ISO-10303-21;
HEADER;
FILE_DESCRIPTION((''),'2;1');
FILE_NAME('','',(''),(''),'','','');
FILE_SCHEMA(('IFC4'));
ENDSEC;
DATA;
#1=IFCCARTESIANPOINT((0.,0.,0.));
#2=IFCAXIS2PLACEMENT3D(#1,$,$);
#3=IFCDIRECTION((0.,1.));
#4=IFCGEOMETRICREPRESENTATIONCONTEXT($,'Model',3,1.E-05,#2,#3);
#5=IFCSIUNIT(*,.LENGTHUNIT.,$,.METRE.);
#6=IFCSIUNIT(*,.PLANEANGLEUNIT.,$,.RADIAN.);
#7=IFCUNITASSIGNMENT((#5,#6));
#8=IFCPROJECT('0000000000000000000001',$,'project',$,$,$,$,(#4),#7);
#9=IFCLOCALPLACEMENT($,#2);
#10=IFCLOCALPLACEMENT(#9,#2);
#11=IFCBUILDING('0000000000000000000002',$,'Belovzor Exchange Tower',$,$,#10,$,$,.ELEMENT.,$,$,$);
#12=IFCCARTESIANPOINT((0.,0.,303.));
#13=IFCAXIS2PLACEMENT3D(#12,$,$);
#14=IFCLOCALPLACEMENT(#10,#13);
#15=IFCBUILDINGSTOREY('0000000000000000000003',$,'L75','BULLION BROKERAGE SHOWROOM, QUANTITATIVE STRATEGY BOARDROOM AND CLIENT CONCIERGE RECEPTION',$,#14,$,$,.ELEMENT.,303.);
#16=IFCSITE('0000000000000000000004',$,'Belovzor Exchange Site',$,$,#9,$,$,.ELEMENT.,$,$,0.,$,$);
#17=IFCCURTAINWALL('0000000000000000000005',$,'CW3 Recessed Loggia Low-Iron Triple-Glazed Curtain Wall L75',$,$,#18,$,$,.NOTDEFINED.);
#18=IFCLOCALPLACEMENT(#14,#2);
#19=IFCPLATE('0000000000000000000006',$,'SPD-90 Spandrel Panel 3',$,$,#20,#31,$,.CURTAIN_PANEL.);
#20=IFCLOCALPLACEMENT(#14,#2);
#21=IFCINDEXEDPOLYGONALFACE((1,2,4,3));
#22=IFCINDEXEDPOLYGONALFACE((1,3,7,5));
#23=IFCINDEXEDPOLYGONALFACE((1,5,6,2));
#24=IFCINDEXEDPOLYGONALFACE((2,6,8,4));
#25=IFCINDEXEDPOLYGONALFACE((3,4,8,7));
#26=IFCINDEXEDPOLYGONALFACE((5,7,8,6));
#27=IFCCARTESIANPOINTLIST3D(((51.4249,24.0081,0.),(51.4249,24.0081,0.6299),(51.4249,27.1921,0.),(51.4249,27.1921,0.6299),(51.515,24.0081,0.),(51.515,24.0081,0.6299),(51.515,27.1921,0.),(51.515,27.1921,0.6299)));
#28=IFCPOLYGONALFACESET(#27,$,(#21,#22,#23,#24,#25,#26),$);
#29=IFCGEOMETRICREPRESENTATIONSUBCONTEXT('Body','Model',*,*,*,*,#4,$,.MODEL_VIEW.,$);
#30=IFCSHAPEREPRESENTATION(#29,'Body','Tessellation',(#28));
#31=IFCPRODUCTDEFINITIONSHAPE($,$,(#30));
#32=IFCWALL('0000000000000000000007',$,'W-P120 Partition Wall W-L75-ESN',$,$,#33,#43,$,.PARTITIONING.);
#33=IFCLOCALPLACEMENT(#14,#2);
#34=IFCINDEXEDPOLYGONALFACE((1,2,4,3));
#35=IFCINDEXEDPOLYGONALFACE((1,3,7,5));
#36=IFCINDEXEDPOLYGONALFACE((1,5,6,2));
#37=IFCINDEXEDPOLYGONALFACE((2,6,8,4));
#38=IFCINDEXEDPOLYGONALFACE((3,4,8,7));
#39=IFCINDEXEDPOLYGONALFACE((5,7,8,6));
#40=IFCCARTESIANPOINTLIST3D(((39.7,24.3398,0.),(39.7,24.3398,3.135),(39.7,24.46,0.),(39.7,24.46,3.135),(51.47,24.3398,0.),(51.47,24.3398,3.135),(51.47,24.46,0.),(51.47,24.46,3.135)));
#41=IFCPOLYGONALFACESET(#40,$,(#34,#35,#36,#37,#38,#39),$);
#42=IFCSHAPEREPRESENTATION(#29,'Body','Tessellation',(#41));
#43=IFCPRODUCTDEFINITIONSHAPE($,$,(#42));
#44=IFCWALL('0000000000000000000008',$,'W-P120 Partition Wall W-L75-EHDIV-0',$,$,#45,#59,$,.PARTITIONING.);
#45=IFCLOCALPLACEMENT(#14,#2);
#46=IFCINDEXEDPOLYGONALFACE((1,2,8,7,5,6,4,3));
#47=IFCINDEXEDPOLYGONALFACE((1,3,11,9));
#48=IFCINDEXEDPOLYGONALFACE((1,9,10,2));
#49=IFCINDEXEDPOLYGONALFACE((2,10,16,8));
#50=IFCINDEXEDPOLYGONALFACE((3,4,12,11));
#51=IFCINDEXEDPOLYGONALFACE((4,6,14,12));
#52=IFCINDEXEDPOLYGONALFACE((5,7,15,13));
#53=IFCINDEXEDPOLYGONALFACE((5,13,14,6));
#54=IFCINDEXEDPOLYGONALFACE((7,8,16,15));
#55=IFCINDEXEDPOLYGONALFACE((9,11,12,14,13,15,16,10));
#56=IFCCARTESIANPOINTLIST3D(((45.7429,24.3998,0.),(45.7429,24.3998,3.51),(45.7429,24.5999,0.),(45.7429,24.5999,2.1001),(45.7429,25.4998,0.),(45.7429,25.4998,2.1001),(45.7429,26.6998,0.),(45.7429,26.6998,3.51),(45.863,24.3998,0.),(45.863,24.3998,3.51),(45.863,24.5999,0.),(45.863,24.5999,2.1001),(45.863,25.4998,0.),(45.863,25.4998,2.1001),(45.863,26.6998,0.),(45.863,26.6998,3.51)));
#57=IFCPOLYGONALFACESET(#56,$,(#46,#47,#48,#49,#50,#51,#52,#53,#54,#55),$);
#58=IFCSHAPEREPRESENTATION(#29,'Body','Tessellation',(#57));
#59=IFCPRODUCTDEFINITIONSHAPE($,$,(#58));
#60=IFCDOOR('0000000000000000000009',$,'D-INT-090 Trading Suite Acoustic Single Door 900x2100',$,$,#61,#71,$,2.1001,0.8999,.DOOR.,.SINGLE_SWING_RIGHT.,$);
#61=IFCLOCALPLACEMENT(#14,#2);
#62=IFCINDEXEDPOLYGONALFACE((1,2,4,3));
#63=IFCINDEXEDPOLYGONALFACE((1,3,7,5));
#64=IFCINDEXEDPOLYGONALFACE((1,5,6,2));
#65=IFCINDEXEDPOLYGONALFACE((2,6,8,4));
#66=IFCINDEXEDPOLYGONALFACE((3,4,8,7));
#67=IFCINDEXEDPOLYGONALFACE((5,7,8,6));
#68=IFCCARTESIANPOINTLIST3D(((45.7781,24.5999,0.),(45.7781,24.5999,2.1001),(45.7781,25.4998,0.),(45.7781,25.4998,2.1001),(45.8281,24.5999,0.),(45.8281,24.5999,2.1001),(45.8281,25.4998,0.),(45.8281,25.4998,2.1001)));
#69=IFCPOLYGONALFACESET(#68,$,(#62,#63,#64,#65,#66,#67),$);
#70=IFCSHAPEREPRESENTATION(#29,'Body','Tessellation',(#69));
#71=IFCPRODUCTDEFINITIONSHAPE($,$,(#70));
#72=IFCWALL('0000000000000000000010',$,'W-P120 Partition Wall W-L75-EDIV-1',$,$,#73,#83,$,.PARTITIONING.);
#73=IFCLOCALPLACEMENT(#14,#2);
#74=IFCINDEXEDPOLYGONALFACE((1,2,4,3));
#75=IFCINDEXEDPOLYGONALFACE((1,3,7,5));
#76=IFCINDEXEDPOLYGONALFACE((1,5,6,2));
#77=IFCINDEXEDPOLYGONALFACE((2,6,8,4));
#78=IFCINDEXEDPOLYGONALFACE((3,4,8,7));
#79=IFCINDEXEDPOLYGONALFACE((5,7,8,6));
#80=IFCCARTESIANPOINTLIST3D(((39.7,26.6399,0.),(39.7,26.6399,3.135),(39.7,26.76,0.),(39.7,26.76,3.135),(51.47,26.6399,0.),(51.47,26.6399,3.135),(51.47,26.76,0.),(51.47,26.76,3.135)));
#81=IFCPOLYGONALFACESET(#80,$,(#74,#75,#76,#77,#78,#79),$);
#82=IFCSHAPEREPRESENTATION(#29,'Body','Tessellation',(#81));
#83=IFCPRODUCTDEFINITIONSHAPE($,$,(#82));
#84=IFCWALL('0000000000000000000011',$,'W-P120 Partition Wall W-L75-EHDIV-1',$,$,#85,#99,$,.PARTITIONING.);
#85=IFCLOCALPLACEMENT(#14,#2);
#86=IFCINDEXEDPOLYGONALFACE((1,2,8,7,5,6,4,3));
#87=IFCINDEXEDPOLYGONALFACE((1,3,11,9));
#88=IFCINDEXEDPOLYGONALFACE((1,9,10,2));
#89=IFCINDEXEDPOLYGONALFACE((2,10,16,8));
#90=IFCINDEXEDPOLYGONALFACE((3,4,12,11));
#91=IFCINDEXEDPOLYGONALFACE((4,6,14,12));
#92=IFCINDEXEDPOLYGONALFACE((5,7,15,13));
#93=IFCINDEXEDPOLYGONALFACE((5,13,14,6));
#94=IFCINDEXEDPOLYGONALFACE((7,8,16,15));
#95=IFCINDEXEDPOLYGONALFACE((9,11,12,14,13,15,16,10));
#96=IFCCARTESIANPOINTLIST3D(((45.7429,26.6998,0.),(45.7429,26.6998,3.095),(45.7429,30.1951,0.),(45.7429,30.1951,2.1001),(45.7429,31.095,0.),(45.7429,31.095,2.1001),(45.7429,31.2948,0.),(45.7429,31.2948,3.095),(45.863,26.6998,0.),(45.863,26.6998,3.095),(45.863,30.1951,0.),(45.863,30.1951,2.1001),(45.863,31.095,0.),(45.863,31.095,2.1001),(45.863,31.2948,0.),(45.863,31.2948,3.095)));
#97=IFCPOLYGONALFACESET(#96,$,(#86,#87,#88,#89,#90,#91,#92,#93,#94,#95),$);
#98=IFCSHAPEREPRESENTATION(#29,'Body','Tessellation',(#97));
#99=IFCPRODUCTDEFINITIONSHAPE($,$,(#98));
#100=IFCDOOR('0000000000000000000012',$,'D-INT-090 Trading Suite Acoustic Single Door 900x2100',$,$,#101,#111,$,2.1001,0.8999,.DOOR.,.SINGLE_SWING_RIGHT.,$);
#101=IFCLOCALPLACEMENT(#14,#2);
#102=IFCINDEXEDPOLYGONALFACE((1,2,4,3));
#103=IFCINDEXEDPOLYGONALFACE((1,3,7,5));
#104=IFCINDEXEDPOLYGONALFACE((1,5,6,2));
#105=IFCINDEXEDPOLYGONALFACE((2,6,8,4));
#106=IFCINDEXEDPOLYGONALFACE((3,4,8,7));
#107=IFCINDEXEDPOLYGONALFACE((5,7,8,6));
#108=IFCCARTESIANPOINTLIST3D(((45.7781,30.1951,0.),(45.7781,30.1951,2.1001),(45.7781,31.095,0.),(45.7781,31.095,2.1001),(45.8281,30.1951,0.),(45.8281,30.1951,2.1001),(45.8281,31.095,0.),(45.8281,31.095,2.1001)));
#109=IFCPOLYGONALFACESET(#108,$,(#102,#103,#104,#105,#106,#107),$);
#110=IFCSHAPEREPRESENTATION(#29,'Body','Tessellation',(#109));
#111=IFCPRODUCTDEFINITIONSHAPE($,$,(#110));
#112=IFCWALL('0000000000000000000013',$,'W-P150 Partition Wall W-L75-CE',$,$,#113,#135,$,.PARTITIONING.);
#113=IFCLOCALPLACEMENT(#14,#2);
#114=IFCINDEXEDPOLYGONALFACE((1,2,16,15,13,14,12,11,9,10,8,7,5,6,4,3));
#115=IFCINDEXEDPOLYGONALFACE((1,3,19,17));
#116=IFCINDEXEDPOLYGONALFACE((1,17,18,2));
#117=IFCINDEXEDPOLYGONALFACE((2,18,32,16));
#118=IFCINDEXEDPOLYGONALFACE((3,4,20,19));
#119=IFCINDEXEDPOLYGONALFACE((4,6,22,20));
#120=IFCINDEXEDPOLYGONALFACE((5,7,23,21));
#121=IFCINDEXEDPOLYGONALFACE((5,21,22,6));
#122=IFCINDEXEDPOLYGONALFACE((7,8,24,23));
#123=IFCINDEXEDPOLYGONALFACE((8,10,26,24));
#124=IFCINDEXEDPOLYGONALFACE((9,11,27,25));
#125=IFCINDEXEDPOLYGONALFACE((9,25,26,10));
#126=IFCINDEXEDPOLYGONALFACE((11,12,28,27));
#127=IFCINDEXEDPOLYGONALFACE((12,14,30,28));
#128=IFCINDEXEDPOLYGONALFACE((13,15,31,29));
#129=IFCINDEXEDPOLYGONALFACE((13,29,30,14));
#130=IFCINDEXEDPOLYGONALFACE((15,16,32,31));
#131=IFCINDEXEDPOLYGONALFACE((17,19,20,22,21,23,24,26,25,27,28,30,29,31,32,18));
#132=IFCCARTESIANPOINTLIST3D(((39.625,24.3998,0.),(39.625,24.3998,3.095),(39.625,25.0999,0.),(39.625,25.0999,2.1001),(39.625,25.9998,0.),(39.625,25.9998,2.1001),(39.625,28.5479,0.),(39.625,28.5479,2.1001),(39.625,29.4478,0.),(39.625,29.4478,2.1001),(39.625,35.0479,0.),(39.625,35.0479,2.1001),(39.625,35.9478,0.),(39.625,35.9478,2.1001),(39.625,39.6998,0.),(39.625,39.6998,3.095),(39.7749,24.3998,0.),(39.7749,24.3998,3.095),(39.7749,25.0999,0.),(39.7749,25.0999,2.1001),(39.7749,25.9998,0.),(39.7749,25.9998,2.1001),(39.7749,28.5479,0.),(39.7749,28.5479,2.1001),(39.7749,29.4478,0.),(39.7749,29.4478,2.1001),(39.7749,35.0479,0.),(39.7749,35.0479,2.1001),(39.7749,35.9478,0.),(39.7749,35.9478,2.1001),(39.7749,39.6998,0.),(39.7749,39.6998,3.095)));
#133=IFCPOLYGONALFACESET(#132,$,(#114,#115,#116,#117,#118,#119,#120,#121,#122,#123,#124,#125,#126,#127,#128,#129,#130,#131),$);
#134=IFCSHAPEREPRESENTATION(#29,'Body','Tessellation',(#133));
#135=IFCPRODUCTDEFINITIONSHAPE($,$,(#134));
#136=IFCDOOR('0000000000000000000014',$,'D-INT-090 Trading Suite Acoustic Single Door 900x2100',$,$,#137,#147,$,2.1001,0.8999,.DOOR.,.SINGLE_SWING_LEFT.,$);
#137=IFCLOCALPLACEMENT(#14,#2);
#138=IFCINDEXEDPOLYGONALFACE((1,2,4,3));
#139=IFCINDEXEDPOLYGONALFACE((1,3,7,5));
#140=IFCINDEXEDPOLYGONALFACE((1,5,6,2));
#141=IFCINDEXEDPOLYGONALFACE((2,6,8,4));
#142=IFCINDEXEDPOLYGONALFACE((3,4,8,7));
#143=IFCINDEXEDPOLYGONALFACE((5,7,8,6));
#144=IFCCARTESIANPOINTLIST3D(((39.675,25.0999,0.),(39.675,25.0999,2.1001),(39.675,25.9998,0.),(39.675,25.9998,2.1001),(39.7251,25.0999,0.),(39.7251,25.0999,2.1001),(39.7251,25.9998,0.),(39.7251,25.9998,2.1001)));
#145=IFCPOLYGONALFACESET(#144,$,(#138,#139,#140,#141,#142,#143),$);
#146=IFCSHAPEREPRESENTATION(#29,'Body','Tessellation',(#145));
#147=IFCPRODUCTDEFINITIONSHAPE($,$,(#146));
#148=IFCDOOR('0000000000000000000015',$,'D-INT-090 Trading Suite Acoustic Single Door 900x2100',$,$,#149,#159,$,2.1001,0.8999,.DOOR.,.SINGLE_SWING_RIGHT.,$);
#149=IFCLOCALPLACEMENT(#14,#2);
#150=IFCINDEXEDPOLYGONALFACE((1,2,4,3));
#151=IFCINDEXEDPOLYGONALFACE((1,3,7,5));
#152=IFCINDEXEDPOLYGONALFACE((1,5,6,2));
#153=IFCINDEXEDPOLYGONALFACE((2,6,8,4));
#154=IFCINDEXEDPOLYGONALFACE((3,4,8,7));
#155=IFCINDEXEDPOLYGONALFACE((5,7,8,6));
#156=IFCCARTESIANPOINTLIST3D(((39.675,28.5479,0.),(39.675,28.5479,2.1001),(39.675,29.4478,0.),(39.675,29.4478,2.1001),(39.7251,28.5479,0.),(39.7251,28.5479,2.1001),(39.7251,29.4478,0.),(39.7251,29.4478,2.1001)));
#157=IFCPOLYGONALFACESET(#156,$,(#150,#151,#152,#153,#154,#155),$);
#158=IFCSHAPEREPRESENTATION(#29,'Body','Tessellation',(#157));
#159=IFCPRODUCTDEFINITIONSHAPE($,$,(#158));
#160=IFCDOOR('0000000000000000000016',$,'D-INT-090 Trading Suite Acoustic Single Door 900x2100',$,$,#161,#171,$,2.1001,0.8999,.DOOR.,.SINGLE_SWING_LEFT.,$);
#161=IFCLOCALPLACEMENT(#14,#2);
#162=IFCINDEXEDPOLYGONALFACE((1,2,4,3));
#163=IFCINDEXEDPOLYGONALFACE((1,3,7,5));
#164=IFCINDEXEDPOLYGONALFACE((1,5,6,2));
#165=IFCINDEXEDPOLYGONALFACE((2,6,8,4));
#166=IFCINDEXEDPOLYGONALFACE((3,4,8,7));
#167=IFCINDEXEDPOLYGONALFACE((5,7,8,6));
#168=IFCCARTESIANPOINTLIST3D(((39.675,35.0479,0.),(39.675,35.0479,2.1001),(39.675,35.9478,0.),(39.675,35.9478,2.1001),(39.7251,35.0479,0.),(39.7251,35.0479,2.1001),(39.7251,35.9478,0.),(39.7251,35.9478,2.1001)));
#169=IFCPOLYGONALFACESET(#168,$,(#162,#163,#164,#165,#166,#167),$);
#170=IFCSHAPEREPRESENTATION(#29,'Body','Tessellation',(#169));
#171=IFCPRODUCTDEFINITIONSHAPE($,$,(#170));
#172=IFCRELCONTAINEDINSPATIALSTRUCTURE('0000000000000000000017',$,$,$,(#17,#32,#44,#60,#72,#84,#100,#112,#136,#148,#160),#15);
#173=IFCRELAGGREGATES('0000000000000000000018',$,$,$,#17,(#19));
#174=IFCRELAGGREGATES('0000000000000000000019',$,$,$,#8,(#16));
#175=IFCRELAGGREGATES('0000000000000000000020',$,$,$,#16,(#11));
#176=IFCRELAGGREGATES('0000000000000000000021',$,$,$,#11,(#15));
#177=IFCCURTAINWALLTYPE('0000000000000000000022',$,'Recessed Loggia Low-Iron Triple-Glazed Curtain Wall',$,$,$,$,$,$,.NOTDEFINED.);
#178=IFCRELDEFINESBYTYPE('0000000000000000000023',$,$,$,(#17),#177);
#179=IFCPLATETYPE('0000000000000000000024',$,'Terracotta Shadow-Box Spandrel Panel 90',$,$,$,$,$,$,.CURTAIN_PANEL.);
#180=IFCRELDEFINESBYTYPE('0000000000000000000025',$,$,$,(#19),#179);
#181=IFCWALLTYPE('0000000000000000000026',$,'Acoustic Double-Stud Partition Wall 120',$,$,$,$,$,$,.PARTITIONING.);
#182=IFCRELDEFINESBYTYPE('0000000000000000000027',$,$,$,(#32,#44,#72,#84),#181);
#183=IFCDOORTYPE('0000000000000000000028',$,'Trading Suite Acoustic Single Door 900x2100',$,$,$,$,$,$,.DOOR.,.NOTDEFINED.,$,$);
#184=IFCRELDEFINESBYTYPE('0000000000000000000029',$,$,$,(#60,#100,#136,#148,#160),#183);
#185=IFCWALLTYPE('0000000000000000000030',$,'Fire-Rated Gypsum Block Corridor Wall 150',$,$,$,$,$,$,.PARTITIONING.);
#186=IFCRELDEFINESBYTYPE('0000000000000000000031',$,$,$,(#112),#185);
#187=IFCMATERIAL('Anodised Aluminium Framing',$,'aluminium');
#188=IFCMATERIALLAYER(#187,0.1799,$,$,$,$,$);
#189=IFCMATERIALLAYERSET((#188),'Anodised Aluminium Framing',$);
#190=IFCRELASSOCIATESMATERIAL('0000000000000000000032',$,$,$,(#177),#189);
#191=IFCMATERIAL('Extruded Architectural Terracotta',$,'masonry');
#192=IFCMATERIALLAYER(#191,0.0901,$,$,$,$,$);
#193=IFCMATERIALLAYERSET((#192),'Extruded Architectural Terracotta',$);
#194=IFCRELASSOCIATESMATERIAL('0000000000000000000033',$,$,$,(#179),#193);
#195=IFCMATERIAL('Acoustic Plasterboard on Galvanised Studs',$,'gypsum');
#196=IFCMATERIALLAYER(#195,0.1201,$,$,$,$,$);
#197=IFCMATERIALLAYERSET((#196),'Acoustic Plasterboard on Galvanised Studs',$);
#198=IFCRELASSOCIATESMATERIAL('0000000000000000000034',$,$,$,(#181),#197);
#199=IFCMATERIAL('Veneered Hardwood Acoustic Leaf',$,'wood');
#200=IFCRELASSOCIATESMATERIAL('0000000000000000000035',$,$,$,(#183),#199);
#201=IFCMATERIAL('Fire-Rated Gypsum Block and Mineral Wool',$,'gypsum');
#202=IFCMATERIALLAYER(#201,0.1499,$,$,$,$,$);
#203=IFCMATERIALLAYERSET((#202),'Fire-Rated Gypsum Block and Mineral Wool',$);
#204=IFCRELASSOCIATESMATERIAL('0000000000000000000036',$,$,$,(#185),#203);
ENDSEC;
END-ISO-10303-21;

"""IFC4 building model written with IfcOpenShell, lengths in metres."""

from ifc_helpers import new_model, si_unit, direction, frame, frame_2d, origin, origin_2d, place, context, subcontext, project, spatial, rectangle, extrude, material, layer, layer_set, type_object, element, fill, aggregate, save


model = new_model("IFC4")

# Units and contexts
model_context = context("Model", 3, precision=1e-05, world=origin(), true_north=direction((0.0, 1.0)))
body_context = subcontext(model_context, "Body", "Model", "MODEL_VIEW")
ifc_project = project(units=[si_unit("LENGTHUNIT", "METRE"), si_unit("PLANEANGLEUNIT", "RADIAN")], contexts=[model_context])

# Site, building, storey
site_placement = place(None, origin())
site = spatial("IfcSite", under=ifc_project, at=site_placement, Name="Belovzor Exchange Site", CompositionType="ELEMENT", RefElevation=0.0)
building_placement = place(site_placement, origin())
building = spatial("IfcBuilding", under=site, at=building_placement, Name="Belovzor Exchange Tower", CompositionType="ELEMENT")
storey_placement = place(building_placement, frame((0.0, 0.0, 303.0)))
storey = spatial("IfcBuildingStorey", under=building, at=storey_placement, Name="L75", Description="BULLION BROKERAGE SHOWROOM, QUANTITATIVE STRATEGY BOARDROOM AND CLIENT CONCIERGE RECEPTION", CompositionType="ELEMENT", Elevation=303.0)

# Curtain wall, plate
ifc_material_1 = material(Name="Anodised Aluminium Framing", Category="aluminium")
ifc_layer_1 = layer(ifc_material_1, 0.1799)
ifc_layer_set_1 = layer_set([ifc_layer_1], Name="Anodised Aluminium Framing")
curtain_wall_type = type_object("IfcCurtainWallType", Name="Recessed Loggia Low-Iron Triple-Glazed Curtain Wall", PredefinedType="NOTDEFINED", material=ifc_layer_set_1)
curtain_wall_placement = place(storey_placement, origin())
curtain_wall = element("IfcCurtainWall", 1, at=curtain_wall_placement, inside=storey, type_object=curtain_wall_type, Name="CW3 Recessed Loggia Low-Iron Triple-Glazed Curtain Wall L75", PredefinedType="NOTDEFINED")
ifc_material_2 = material(Name="Extruded Architectural Terracotta", Category="masonry")
ifc_layer_2 = layer(ifc_material_2, 0.0901)
ifc_layer_set_2 = layer_set([ifc_layer_2], Name="Extruded Architectural Terracotta")
plate_type_1 = type_object("IfcPlateType", Name="Terracotta Shadow-Box Spandrel Panel 90", PredefinedType="CURTAIN_PANEL", material=ifc_layer_set_2)
plate_1_placement = place(storey_placement, frame((51.47, 25.6001, 0.0), z_axis=(0.0, 0.0, 1.0), x_axis=(0.0, -1.0, 0.0)))
plate_1 = element("IfcPlate", 2, at=plate_1_placement, type_object=plate_type_1, Name="SPD-90 Spandrel Panel 3", PredefinedType="CURTAIN_PANEL", context=body_context, shape_type="SweptSolid", body=[
    extrude(rectangle(XDim=3.1841, YDim=0.0901, at=origin_2d()), origin(), (0.0, 0.0, 1.0), 0.6299),
])
aggregate(curtain_wall, [plate_1])

# Wall
ifc_material_3 = material(Name="Acoustic Plasterboard on Galvanised Studs", Category="gypsum")
ifc_layer_3 = layer(ifc_material_3, 0.1201)
ifc_layer_set_3 = layer_set([ifc_layer_3], Name="Acoustic Plasterboard on Galvanised Studs")
wall_type_1 = type_object("IfcWallType", Name="Acoustic Double-Stud Partition Wall 120", PredefinedType="PARTITIONING", material=ifc_layer_set_3)
wall_1_placement = place(storey_placement, frame((39.7, 24.3999, 0.0), z_axis=(0.0, 0.0, 1.0), x_axis=(1.0, 0.0, 0.0)))
element("IfcWall", 3, at=wall_1_placement, inside=storey, type_object=wall_type_1, Name="W-P120 Partition Wall W-L75-ESN", PredefinedType="PARTITIONING", context=body_context, shape_type="SweptSolid", body=[
    extrude(rectangle(XDim=11.77, YDim=0.1201, at=frame_2d((5.885, 0.0))), origin(), (0.0, 0.0, 1.0), 3.135),
])

# Wall, opening, door
wall_2_placement = place(storey_placement, frame((45.803, 24.3999, 0.0), z_axis=(0.0, 0.0, 1.0), x_axis=(0.0, 1.0, 0.0)))
wall_2 = element("IfcWall", 4, at=wall_2_placement, inside=storey, type_object=wall_type_1, Name="W-P120 Partition Wall W-L75-EHDIV-0", PredefinedType="PARTITIONING", context=body_context, shape_type="SweptSolid", body=[
    extrude(rectangle(XDim=2.3, YDim=0.1201, at=frame_2d((1.1499, 0.0))), origin(), (0.0, 0.0, 1.0), 3.51),
])
opening_1_placement = place(wall_2_placement, frame((0.2, 0.0, 0.0)))
opening_1 = element("IfcOpeningElement", 5, at=opening_1_placement, cuts=wall_2, PredefinedType="OPENING", context=body_context, shape_type="SweptSolid", body=[
    extrude(rectangle(XDim=0.8999, YDim=2.1001, at=frame_2d((0.45, 1.05))), frame((0.0, 0.0701, 0.0), z_axis=(0.0, -1.0, 0.0), x_axis=(1.0, 0.0, 0.0)), (0.0, 0.0, 1.0), 0.1401),
])
ifc_material_4 = material(Name="Veneered Hardwood Acoustic Leaf", Category="wood")
door_type = type_object("IfcDoorType", Name="Trading Suite Acoustic Single Door 900x2100", OperationType="NOTDEFINED", PredefinedType="DOOR", material=ifc_material_4)
door_1_placement = place(opening_1_placement, origin())
door_1 = element("IfcDoor", 6, at=door_1_placement, inside=storey, type_object=door_type, Name="D-INT-090 Trading Suite Acoustic Single Door 900x2100", OperationType="SINGLE_SWING_RIGHT", OverallHeight=2.1001, OverallWidth=0.8999, PredefinedType="DOOR", context=body_context, shape_type="SweptSolid", body=[
    extrude(rectangle(XDim=0.8999, YDim=2.1001, at=frame_2d((0.45, 1.05))), frame((0.0, 0.0249, 0.0), z_axis=(0.0, -1.0, 0.0), x_axis=(1.0, 0.0, 0.0)), (0.0, 0.0, 1.0), 0.05),
])
fill(opening_1, door_1)

# Wall
wall_3_placement = place(storey_placement, frame((39.7, 26.7, 0.0), z_axis=(0.0, 0.0, 1.0), x_axis=(1.0, 0.0, 0.0)))
element("IfcWall", 7, at=wall_3_placement, inside=storey, type_object=wall_type_1, Name="W-P120 Partition Wall W-L75-EDIV-1", PredefinedType="PARTITIONING", context=body_context, shape_type="SweptSolid", body=[
    extrude(rectangle(XDim=11.77, YDim=0.1201, at=frame_2d((5.885, 0.0))), origin(), (0.0, 0.0, 1.0), 3.135),
])

# Wall, opening, door
wall_4_placement = place(storey_placement, frame((45.803, 26.7, 0.0), z_axis=(0.0, 0.0, 1.0), x_axis=(0.0, 1.0, 0.0)))
wall_4 = element("IfcWall", 8, at=wall_4_placement, inside=storey, type_object=wall_type_1, Name="W-P120 Partition Wall W-L75-EHDIV-1", PredefinedType="PARTITIONING", context=body_context, shape_type="SweptSolid", body=[
    extrude(rectangle(XDim=4.595, YDim=0.1201, at=frame_2d((2.2974, 0.0))), origin(), (0.0, 0.0, 1.0), 3.095),
])
opening_2_placement = place(wall_4_placement, frame((3.4951, 0.0, 0.0)))
opening_2 = element("IfcOpeningElement", 9, at=opening_2_placement, cuts=wall_4, PredefinedType="OPENING", context=body_context, shape_type="SweptSolid", body=[
    extrude(rectangle(XDim=0.8999, YDim=2.1001, at=frame_2d((0.45, 1.05))), frame((0.0, 0.0701, 0.0), z_axis=(0.0, -1.0, 0.0), x_axis=(1.0, 0.0, 0.0)), (0.0, 0.0, 1.0), 0.1401),
])
door_2_placement = place(opening_2_placement, origin())
door_2 = element("IfcDoor", 10, at=door_2_placement, inside=storey, type_object=door_type, Name="D-INT-090 Trading Suite Acoustic Single Door 900x2100", OperationType="SINGLE_SWING_RIGHT", OverallHeight=2.1001, OverallWidth=0.8999, PredefinedType="DOOR", context=body_context, shape_type="SweptSolid", body=[
    extrude(rectangle(XDim=0.8999, YDim=2.1001, at=frame_2d((0.45, 1.05))), frame((0.0, 0.0249, 0.0), z_axis=(0.0, -1.0, 0.0), x_axis=(1.0, 0.0, 0.0)), (0.0, 0.0, 1.0), 0.05),
])
fill(opening_2, door_2)

# Wall, openings, doors
ifc_material_5 = material(Name="Fire-Rated Gypsum Block and Mineral Wool", Category="gypsum")
ifc_layer_4 = layer(ifc_material_5, 0.1499)
ifc_layer_set_4 = layer_set([ifc_layer_4], Name="Fire-Rated Gypsum Block and Mineral Wool")
wall_type_2 = type_object("IfcWallType", Name="Fire-Rated Gypsum Block Corridor Wall 150", PredefinedType="PARTITIONING", material=ifc_layer_set_4)
wall_5_placement = place(storey_placement, frame((39.7, 24.3999, 0.0), z_axis=(0.0, 0.0, 1.0), x_axis=(0.0, 1.0, 0.0)))
wall_5 = element("IfcWall", 11, at=wall_5_placement, inside=storey, type_object=wall_type_2, Name="W-P150 Partition Wall W-L75-CE", PredefinedType="PARTITIONING", context=body_context, shape_type="SweptSolid", body=[
    extrude(rectangle(XDim=15.3, YDim=0.1499, at=frame_2d((7.6499, 0.0))), origin(), (0.0, 0.0, 1.0), 3.095),
])
opening_3_placement = place(wall_5_placement, frame((0.7, 0.0, 0.0)))
opening_3 = element("IfcOpeningElement", 12, at=opening_3_placement, cuts=wall_5, PredefinedType="OPENING", context=body_context, shape_type="SweptSolid", body=[
    extrude(rectangle(XDim=0.8999, YDim=2.1001, at=frame_2d((0.45, 1.05))), frame((0.0, 0.085, 0.0), z_axis=(0.0, -1.0, 0.0), x_axis=(1.0, 0.0, 0.0)), (0.0, 0.0, 1.0), 0.1699),
])
opening_4_placement = place(wall_5_placement, frame((4.1479, 0.0, 0.0)))
opening_4 = element("IfcOpeningElement", 13, at=opening_4_placement, cuts=wall_5, PredefinedType="OPENING", context=body_context, shape_type="SweptSolid", body=[
    extrude(rectangle(XDim=0.8999, YDim=2.1001, at=frame_2d((0.45, 1.05))), frame((0.0, 0.085, 0.0), z_axis=(0.0, -1.0, 0.0), x_axis=(1.0, 0.0, 0.0)), (0.0, 0.0, 1.0), 0.1699),
])
opening_5_placement = place(wall_5_placement, frame((10.6479, 0.0, 0.0)))
opening_5 = element("IfcOpeningElement", 14, at=opening_5_placement, cuts=wall_5, PredefinedType="OPENING", context=body_context, shape_type="SweptSolid", body=[
    extrude(rectangle(XDim=0.8999, YDim=2.1001, at=frame_2d((0.45, 1.05))), frame((0.0, 0.085, 0.0), z_axis=(0.0, -1.0, 0.0), x_axis=(1.0, 0.0, 0.0)), (0.0, 0.0, 1.0), 0.1699),
])
door_3_placement = place(opening_3_placement, origin())
door_3 = element("IfcDoor", 15, at=door_3_placement, inside=storey, type_object=door_type, Name="D-INT-090 Trading Suite Acoustic Single Door 900x2100", OperationType="SINGLE_SWING_LEFT", OverallHeight=2.1001, OverallWidth=0.8999, PredefinedType="DOOR", context=body_context, shape_type="SweptSolid", body=[
    extrude(rectangle(XDim=0.8999, YDim=2.1001, at=frame_2d((0.45, 1.05))), frame((0.0, 0.0249, 0.0), z_axis=(0.0, -1.0, 0.0), x_axis=(1.0, 0.0, 0.0)), (0.0, 0.0, 1.0), 0.05),
])
fill(opening_3, door_3)
door_4_placement = place(opening_4_placement, origin())
door_4 = element("IfcDoor", 16, at=door_4_placement, inside=storey, type_object=door_type, Name="D-INT-090 Trading Suite Acoustic Single Door 900x2100", OperationType="SINGLE_SWING_RIGHT", OverallHeight=2.1001, OverallWidth=0.8999, PredefinedType="DOOR", context=body_context, shape_type="SweptSolid", body=[
    extrude(rectangle(XDim=0.8999, YDim=2.1001, at=frame_2d((0.45, 1.05))), frame((0.0, 0.0249, 0.0), z_axis=(0.0, -1.0, 0.0), x_axis=(1.0, 0.0, 0.0)), (0.0, 0.0, 1.0), 0.05),
])
fill(opening_4, door_4)
door_5_placement = place(opening_5_placement, origin())
door_5 = element("IfcDoor", 17, at=door_5_placement, inside=storey, type_object=door_type, Name="D-INT-090 Trading Suite Acoustic Single Door 900x2100", OperationType="SINGLE_SWING_LEFT", OverallHeight=2.1001, OverallWidth=0.8999, PredefinedType="DOOR", context=body_context, shape_type="SweptSolid", body=[
    extrude(rectangle(XDim=0.8999, YDim=2.1001, at=frame_2d((0.45, 1.05))), frame((0.0, 0.0249, 0.0), z_axis=(0.0, -1.0, 0.0), x_axis=(1.0, 0.0, 0.0)), (0.0, 0.0, 1.0), 0.05),
])
fill(opening_5, door_5)

save(model, "model.ifc")
